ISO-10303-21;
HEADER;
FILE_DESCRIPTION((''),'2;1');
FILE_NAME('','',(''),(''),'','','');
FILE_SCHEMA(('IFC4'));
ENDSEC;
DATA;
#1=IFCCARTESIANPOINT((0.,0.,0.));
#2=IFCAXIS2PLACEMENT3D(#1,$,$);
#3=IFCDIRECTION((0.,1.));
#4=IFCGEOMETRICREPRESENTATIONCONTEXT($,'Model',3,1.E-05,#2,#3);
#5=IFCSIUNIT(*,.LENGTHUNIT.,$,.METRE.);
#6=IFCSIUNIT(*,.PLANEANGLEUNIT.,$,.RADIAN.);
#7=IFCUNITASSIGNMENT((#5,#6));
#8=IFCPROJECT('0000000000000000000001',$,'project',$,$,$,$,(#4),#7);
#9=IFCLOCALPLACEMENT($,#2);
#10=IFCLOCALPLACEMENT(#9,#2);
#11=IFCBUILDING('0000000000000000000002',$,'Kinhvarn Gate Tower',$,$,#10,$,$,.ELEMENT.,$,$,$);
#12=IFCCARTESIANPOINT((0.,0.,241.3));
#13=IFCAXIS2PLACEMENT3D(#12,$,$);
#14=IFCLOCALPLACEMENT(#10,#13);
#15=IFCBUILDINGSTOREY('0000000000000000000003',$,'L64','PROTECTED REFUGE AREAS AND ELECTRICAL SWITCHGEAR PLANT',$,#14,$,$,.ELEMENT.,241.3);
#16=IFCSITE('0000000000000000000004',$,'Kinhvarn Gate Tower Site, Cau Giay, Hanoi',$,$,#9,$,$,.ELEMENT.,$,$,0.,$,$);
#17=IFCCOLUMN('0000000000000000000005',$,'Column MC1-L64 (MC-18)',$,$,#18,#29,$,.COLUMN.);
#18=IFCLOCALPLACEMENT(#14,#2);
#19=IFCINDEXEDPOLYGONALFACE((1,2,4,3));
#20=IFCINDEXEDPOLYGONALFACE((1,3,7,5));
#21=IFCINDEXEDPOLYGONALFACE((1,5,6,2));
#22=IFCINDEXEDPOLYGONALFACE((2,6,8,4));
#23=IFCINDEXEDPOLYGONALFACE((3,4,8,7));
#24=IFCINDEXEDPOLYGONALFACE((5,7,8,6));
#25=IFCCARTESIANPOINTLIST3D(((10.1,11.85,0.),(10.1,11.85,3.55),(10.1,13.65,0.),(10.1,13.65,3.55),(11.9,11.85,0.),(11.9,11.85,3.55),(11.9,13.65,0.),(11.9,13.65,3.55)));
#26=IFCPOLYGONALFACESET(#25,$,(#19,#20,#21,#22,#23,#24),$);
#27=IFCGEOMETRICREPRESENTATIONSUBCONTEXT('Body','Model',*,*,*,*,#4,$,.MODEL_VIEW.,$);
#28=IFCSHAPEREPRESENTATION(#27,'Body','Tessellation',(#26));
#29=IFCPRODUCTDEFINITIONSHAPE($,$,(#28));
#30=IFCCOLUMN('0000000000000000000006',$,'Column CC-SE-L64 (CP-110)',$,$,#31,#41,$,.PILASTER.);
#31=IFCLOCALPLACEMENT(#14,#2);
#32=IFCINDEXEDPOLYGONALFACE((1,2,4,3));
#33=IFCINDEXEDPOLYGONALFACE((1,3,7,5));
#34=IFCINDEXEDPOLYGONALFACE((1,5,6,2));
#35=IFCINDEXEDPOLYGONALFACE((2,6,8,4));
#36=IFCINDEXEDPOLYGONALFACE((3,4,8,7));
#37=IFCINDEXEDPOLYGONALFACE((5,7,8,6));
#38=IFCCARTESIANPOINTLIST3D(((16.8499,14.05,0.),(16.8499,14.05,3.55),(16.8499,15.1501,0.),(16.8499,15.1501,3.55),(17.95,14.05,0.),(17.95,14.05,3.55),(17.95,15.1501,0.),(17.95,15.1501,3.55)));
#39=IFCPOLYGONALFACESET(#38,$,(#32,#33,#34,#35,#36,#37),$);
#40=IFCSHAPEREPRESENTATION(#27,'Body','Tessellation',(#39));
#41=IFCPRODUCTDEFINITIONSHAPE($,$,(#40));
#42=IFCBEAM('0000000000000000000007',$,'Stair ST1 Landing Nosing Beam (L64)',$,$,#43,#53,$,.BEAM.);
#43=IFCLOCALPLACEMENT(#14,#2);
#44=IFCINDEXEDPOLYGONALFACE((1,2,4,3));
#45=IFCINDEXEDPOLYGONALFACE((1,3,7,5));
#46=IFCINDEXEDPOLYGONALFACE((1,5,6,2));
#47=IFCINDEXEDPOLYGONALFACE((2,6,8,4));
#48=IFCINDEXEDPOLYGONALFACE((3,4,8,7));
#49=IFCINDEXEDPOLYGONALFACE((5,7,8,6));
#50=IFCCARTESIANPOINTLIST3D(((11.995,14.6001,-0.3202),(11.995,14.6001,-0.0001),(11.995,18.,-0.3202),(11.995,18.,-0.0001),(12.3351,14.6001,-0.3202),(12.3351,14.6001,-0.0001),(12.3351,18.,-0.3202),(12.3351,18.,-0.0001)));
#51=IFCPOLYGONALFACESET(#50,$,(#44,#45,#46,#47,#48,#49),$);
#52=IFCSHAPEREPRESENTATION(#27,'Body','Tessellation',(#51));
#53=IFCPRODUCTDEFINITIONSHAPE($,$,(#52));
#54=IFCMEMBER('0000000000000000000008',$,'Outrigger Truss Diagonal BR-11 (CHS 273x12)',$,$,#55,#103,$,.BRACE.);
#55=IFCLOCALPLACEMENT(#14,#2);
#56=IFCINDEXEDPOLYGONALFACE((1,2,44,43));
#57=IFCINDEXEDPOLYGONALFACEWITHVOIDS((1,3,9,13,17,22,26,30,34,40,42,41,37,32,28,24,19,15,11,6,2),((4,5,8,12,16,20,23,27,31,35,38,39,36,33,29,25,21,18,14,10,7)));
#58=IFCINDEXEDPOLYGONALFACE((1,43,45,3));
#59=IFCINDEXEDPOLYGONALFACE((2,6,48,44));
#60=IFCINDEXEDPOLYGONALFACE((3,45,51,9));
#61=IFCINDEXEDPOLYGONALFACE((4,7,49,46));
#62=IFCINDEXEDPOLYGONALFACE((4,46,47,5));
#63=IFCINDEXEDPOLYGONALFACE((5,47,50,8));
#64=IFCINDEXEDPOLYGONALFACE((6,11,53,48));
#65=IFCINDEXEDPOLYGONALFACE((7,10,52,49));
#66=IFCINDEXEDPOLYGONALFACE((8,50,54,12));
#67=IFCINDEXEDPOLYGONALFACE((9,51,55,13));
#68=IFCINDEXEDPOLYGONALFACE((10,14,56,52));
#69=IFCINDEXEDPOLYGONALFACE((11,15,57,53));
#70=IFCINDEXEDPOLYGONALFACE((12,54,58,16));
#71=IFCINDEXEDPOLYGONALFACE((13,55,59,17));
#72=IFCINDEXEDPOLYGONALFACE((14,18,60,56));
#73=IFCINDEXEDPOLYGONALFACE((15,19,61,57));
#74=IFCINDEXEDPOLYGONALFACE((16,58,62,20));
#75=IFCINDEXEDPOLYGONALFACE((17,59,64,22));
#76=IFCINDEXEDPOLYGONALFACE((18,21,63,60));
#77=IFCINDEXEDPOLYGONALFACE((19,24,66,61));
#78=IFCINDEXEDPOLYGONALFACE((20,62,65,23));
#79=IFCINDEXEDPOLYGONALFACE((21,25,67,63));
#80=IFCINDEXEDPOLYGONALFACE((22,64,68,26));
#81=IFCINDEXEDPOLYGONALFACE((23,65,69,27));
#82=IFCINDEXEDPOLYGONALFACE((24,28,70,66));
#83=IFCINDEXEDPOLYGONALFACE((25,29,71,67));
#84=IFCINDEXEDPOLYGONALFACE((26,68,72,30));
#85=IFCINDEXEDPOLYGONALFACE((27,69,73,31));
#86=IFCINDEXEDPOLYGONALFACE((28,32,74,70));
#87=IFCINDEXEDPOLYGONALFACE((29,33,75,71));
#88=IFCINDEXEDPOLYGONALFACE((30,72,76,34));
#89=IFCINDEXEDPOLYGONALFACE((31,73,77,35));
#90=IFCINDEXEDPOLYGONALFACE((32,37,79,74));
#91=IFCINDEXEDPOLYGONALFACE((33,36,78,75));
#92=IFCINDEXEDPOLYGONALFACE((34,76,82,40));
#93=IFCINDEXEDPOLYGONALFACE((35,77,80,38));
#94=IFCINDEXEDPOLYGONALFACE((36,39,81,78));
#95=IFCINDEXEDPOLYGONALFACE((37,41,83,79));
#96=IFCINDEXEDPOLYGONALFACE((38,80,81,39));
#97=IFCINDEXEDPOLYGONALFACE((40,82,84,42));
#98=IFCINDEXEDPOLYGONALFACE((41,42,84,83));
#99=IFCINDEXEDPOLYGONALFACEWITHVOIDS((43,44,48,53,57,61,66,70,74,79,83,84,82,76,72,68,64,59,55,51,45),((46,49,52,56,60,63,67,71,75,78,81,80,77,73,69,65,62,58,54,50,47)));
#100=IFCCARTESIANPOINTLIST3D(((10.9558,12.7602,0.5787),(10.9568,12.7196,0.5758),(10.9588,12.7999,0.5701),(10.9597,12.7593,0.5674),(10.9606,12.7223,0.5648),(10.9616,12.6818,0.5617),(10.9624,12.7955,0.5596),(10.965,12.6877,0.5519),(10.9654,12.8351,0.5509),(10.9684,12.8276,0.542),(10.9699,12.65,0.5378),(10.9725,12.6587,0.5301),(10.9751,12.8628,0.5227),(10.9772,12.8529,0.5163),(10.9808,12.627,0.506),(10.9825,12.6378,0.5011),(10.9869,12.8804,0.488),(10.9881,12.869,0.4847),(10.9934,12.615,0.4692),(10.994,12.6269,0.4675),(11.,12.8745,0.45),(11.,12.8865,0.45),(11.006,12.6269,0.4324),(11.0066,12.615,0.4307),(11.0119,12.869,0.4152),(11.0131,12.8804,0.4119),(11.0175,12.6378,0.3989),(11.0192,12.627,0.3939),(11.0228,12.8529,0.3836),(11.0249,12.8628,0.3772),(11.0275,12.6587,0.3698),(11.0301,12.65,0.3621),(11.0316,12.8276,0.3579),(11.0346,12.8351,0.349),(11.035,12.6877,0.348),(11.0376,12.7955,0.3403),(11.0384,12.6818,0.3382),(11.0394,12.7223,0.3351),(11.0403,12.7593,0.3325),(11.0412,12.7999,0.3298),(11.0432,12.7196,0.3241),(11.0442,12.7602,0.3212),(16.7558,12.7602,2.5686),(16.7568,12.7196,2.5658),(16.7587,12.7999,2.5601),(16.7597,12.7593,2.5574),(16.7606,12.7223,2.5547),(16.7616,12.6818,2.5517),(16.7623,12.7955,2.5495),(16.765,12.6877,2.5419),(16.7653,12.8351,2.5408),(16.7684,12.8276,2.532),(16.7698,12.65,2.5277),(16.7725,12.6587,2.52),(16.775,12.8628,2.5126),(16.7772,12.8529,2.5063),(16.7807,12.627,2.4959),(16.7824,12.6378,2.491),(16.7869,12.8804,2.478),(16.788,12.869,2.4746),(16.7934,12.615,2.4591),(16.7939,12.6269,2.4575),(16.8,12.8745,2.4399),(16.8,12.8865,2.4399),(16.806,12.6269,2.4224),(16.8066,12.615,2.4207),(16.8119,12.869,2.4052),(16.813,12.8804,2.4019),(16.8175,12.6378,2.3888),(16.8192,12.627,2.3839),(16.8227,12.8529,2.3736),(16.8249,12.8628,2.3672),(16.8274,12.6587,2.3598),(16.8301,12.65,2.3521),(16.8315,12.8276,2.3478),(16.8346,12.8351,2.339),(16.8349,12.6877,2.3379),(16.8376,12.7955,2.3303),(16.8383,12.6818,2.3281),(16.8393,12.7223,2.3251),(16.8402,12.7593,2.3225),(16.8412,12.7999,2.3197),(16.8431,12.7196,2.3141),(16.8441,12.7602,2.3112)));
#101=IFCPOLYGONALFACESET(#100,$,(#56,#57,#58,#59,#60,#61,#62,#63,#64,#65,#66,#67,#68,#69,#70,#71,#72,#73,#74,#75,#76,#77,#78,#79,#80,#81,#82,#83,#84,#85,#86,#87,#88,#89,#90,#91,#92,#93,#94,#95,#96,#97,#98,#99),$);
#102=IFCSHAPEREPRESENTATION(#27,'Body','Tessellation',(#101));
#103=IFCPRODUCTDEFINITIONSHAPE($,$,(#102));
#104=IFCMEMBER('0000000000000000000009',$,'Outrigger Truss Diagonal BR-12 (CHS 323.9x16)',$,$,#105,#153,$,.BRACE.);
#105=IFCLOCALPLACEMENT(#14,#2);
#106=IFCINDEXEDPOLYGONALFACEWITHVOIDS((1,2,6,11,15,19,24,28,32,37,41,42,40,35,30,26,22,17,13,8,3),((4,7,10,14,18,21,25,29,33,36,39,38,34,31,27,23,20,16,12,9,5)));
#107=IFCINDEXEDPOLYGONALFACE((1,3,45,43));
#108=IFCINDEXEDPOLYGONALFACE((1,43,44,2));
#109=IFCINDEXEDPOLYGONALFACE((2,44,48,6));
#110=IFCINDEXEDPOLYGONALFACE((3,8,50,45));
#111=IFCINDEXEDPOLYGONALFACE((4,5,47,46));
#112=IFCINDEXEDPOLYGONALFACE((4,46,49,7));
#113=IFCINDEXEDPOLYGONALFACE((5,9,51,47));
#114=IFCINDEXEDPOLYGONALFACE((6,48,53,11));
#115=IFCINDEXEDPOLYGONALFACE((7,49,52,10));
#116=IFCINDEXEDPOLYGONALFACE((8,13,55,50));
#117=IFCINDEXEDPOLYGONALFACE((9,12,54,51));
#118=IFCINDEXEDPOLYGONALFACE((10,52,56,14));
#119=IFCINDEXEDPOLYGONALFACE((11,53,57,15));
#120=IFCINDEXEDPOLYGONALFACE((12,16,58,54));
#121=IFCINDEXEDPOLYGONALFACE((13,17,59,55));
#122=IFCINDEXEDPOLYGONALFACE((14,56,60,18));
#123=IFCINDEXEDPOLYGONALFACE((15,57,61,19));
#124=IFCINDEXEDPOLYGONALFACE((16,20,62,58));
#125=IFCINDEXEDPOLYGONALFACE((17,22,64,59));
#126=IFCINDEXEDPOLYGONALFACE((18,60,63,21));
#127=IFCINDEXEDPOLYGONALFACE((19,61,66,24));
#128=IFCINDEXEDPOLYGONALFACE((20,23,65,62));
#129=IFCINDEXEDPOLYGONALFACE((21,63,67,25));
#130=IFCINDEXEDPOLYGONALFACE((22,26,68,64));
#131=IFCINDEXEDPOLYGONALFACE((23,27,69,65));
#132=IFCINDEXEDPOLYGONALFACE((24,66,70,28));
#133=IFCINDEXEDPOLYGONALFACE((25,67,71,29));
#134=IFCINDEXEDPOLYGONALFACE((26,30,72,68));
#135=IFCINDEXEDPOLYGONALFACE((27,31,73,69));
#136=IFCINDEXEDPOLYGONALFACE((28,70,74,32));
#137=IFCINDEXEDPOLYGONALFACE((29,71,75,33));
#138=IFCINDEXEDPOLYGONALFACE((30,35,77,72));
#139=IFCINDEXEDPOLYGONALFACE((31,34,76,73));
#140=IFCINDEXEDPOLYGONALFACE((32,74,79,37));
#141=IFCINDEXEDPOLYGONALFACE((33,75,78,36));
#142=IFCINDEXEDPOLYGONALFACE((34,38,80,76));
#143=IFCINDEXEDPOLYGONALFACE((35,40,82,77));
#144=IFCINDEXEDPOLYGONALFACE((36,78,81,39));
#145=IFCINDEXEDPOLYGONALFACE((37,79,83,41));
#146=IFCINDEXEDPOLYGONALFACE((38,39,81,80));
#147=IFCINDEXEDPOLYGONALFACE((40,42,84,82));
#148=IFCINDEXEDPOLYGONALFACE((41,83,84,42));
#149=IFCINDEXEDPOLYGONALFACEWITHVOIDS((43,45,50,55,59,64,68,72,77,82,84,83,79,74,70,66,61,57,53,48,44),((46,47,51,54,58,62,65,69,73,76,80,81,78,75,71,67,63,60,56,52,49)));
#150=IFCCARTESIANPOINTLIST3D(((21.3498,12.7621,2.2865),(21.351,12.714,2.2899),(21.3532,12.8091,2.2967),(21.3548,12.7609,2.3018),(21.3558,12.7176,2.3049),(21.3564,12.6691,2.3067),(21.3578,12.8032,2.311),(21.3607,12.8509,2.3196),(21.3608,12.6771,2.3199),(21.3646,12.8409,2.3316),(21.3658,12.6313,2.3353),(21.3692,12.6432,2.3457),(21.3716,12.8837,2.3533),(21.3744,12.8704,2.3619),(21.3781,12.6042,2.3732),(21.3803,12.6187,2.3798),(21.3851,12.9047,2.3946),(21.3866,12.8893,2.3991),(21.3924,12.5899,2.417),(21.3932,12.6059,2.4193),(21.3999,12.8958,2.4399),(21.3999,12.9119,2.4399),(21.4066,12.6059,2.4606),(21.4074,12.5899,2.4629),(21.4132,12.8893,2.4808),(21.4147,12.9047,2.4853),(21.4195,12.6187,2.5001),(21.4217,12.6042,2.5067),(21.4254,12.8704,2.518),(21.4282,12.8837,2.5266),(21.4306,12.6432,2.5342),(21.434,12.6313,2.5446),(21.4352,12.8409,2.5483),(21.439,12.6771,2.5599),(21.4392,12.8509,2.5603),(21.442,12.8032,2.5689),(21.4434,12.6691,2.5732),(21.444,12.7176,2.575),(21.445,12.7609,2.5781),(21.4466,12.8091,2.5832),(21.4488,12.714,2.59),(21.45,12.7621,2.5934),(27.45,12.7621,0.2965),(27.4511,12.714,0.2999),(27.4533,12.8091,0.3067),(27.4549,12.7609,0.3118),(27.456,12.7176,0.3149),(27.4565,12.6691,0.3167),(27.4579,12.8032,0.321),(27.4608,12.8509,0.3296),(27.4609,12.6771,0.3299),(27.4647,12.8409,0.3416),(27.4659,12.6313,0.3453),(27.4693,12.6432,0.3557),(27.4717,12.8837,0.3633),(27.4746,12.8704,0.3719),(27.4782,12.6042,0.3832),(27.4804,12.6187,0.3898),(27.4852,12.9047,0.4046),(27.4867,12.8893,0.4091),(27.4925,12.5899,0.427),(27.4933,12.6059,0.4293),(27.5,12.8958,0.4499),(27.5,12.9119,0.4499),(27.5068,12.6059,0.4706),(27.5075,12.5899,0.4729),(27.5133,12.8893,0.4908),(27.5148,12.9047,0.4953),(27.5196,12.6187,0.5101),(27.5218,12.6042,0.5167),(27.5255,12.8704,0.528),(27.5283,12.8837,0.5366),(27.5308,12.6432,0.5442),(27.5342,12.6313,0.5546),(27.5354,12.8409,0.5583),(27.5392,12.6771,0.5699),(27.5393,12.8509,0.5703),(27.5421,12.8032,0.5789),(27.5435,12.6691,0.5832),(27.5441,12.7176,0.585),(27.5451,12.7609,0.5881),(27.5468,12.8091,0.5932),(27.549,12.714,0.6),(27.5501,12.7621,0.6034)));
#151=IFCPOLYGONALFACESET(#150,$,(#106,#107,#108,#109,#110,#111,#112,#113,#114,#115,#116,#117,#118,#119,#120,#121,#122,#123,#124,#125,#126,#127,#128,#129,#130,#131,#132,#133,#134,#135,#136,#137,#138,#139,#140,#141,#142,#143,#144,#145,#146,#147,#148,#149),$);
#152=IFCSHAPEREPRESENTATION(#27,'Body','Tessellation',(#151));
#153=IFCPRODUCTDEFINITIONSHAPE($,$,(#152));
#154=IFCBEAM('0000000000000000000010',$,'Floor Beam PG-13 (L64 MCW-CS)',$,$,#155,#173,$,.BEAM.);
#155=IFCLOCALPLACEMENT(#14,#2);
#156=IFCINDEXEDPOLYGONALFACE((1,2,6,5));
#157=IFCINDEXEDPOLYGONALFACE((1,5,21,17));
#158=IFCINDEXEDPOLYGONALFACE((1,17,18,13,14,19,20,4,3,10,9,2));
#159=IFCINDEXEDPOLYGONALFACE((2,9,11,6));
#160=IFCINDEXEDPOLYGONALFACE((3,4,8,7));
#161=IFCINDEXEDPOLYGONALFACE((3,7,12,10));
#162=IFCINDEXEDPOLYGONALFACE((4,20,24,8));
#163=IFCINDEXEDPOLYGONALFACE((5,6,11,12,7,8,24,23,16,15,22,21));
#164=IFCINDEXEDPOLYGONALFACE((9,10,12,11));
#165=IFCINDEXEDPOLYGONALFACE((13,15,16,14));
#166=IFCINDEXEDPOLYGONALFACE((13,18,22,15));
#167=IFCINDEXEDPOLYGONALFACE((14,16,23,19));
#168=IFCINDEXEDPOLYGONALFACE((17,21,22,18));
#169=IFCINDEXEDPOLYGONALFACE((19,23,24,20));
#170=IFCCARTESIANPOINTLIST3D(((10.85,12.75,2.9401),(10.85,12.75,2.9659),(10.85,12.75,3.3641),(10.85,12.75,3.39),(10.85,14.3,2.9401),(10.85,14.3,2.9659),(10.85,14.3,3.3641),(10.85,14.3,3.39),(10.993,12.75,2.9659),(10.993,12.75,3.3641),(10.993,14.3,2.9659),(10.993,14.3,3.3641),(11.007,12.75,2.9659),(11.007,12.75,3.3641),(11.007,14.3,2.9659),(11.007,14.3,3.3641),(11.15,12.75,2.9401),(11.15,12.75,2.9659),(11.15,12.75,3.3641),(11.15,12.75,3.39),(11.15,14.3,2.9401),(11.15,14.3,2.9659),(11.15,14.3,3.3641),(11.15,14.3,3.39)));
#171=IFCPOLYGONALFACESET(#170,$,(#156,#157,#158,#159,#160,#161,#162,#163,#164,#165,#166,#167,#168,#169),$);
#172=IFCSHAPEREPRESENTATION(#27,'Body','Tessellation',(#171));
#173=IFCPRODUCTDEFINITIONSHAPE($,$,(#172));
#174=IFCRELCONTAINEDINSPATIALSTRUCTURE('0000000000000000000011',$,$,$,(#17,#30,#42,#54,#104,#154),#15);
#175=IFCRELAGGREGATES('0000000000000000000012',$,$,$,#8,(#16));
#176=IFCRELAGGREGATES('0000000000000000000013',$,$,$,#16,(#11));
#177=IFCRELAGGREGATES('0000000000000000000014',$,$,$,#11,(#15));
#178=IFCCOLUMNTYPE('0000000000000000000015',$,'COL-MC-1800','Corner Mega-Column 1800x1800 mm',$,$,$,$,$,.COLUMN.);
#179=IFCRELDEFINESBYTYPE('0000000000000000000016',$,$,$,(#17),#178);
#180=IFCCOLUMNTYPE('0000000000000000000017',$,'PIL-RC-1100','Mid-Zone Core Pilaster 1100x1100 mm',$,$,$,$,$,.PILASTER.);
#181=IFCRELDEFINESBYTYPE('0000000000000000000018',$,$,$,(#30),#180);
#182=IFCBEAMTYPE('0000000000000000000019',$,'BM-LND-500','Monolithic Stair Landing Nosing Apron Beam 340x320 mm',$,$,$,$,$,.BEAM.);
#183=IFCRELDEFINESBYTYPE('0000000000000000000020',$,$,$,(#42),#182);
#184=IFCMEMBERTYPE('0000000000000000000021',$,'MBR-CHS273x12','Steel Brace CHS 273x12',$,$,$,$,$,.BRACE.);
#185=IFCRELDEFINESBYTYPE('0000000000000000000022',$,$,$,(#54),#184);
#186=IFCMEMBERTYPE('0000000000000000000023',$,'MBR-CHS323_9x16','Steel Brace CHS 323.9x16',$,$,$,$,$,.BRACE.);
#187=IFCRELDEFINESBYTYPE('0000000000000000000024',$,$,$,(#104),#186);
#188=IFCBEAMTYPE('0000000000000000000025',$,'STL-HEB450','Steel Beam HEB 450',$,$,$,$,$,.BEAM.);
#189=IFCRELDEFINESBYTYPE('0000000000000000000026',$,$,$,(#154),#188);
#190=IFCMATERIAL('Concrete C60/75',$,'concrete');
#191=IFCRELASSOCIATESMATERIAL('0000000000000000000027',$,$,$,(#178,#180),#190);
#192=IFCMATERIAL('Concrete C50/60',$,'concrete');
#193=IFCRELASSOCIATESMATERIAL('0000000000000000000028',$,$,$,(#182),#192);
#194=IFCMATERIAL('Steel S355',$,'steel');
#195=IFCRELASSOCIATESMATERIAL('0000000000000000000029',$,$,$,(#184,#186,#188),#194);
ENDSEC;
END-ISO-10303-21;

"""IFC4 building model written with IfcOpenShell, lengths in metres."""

from ifc_helpers import new_model, si_unit, direction, frame, origin, origin_2d, place, context, subcontext, project, spatial, rectangle, hollow_circle, i_section, extrude, material, material_profile, profile_set, type_object, element, save


model = new_model("IFC4")

# Units and contexts
model_context = context("Model", 3, precision=1e-05, world=origin(), true_north=direction((0.0, 1.0)))
body_context = subcontext(model_context, "Body", "Model", "MODEL_VIEW")
ifc_project = project(units=[si_unit("LENGTHUNIT", "METRE"), si_unit("PLANEANGLEUNIT", "RADIAN")], contexts=[model_context])

# Site, building, storey
site_placement = place(None, origin())
site = spatial("IfcSite", under=ifc_project, at=site_placement, Name="Kinhvarn Gate Tower Site, Cau Giay, Hanoi", CompositionType="ELEMENT", RefElevation=0.0)
building_placement = place(site_placement, origin())
building = spatial("IfcBuilding", under=site, at=building_placement, Name="Kinhvarn Gate Tower", CompositionType="ELEMENT")
storey_placement = place(building_placement, frame((0.0, 0.0, 241.3)))
storey = spatial("IfcBuildingStorey", under=building, at=storey_placement, Name="L64", Description="PROTECTED REFUGE AREAS AND ELECTRICAL SWITCHGEAR PLANT", CompositionType="ELEMENT", Elevation=241.3)

# Columns
ifc_material_1 = material(Name="Concrete C60/75", Category="concrete")
ifc_material_profile_1 = material_profile(ifc_material_1, rectangle(XDim=1.8, YDim=1.8, at=origin_2d()), Name="RC 1800x1800")
ifc_profile_set_1 = profile_set([ifc_material_profile_1], Name="Concrete C60/75")
column_type_1 = type_object("IfcColumnType", Name="COL-MC-1800", Description="Corner Mega-Column 1800x1800 mm", PredefinedType="COLUMN", material=ifc_profile_set_1)
column_1_placement = place(storey_placement, frame((11.0, 12.75, 0.0), z_axis=(0.0, 0.0, 1.0), x_axis=(1.0, 0.0, 0.0)))
element("IfcColumn", 1, at=column_1_placement, inside=storey, type_object=column_type_1, Name="Column MC1-L64 (MC-18)", PredefinedType="COLUMN", context=body_context, shape_type="SweptSolid", body=[
    extrude(rectangle(XDim=1.8, YDim=1.8, at=origin_2d()), origin(), (0.0, 0.0, 1.0), 3.55),
])
ifc_material_profile_2 = material_profile(ifc_material_1, rectangle(XDim=1.1001, YDim=1.1001, at=origin_2d()), Name="RC 1100x1100")
ifc_profile_set_2 = profile_set([ifc_material_profile_2], Name="Concrete C60/75")
column_type_2 = type_object("IfcColumnType", Name="PIL-RC-1100", Description="Mid-Zone Core Pilaster 1100x1100 mm", PredefinedType="PILASTER", material=ifc_profile_set_2)
column_2_placement = place(storey_placement, frame((17.3999, 14.6001, 0.0), z_axis=(0.0, 0.0, 1.0), x_axis=(1.0, 0.0, 0.0)))
element("IfcColumn", 2, at=column_2_placement, inside=storey, type_object=column_type_2, Name="Column CC-SE-L64 (CP-110)", PredefinedType="PILASTER", context=body_context, shape_type="SweptSolid", body=[
    extrude(rectangle(XDim=1.1001, YDim=1.1001, at=origin_2d()), origin(), (0.0, 0.0, 1.0), 3.55),
])

# Beam
ifc_material_2 = material(Name="Concrete C50/60", Category="concrete")
ifc_material_profile_3 = material_profile(ifc_material_2, rectangle(XDim=0.3401, YDim=0.3201, at=origin_2d()), Name="RC 340x320")
ifc_profile_set_3 = profile_set([ifc_material_profile_3], Name="Concrete C50/60")
beam_type_1 = type_object("IfcBeamType", Name="BM-LND-500", Description="Monolithic Stair Landing Nosing Apron Beam 340x320 mm", PredefinedType="BEAM", material=ifc_profile_set_3)
beam_1_placement = place(storey_placement, frame((12.165, 14.6001, -0.1602), z_axis=(0.0, 1.0, 0.0), x_axis=(-1.0, 0.0, 0.0)))
element("IfcBeam", 3, at=beam_1_placement, inside=storey, type_object=beam_type_1, Name="Stair ST1 Landing Nosing Beam (L64)", PredefinedType="BEAM", context=body_context, shape_type="SweptSolid", body=[
    extrude(rectangle(XDim=0.3401, YDim=0.3201, at=origin_2d()), origin(), (0.0, 0.0, 1.0), 3.3999),
])

# Members
ifc_material_3 = material(Name="Steel S355", Category="steel")
ifc_material_profile_4 = material_profile(ifc_material_3, hollow_circle(Radius=0.1365, WallThickness=0.012, at=origin_2d()), Name="CHS 273x12")
ifc_profile_set_4 = profile_set([ifc_material_profile_4], Name="Steel S355")
member_type_1 = type_object("IfcMemberType", Name="MBR-CHS273x12", Description="Steel Brace CHS 273x12", PredefinedType="BRACE", material=ifc_profile_set_4)
member_1_placement = place(storey_placement, frame((11.0, 12.75, 0.45), z_axis=(0.945876, 0.0, 0.324529), x_axis=(0.0, 1.0, 0.0)))
element("IfcMember", 4, at=member_1_placement, inside=storey, type_object=member_type_1, Name="Outrigger Truss Diagonal BR-11 (CHS 273x12)", PredefinedType="BRACE", context=body_context, shape_type="SweptSolid", body=[
    extrude(hollow_circle(Radius=0.1365, WallThickness=0.012, at=origin_2d()), origin(), (0.0, 0.0, 1.0), 6.1318),
])
ifc_material_profile_5 = material_profile(ifc_material_3, hollow_circle(Radius=0.1619, WallThickness=0.0161, at=origin_2d()), Name="CHS 323.9x16")
ifc_profile_set_5 = profile_set([ifc_material_profile_5], Name="Steel S355")
member_type_2 = type_object("IfcMemberType", Name="MBR-CHS323_9x16", Description="Steel Brace CHS 323.9x16", PredefinedType="BRACE", material=ifc_profile_set_5)
member_2_placement = place(storey_placement, frame((21.3999, 12.75, 2.4399), z_axis=(0.950692, 0.0, -0.310137), x_axis=(0.0, 1.0, 0.0)))
element("IfcMember", 5, at=member_2_placement, inside=storey, type_object=member_type_2, Name="Outrigger Truss Diagonal BR-12 (CHS 323.9x16)", PredefinedType="BRACE", context=body_context, shape_type="SweptSolid", body=[
    extrude(hollow_circle(Radius=0.1619, WallThickness=0.0161, at=origin_2d()), origin(), (0.0, 0.0, 1.0), 6.4165),
])

# Beam
ifc_material_profile_6 = material_profile(ifc_material_3, i_section(OverallWidth=0.3, OverallDepth=0.45, WebThickness=0.0139, FlangeThickness=0.0259, at=origin_2d()), Name="HEB 450")
ifc_profile_set_6 = profile_set([ifc_material_profile_6], Name="Steel S355")
beam_type_2 = type_object("IfcBeamType", Name="STL-HEB450", Description="Steel Beam HEB 450", PredefinedType="BEAM", material=ifc_profile_set_6)
beam_2_placement = place(storey_placement, frame((11.0, 12.75, 3.165), z_axis=(0.0, 1.0, 0.0), x_axis=(-1.0, 0.0, 0.0)))
element("IfcBeam", 6, at=beam_2_placement, inside=storey, type_object=beam_type_2, Name="Floor Beam PG-13 (L64 MCW-CS)", PredefinedType="BEAM", context=body_context, shape_type="SweptSolid", body=[
    extrude(i_section(OverallWidth=0.3, OverallDepth=0.45, WebThickness=0.0139, FlangeThickness=0.0259, at=origin_2d()), origin(), (0.0, 0.0, 1.0), 1.55),
])

save(model, "model.ifc")
